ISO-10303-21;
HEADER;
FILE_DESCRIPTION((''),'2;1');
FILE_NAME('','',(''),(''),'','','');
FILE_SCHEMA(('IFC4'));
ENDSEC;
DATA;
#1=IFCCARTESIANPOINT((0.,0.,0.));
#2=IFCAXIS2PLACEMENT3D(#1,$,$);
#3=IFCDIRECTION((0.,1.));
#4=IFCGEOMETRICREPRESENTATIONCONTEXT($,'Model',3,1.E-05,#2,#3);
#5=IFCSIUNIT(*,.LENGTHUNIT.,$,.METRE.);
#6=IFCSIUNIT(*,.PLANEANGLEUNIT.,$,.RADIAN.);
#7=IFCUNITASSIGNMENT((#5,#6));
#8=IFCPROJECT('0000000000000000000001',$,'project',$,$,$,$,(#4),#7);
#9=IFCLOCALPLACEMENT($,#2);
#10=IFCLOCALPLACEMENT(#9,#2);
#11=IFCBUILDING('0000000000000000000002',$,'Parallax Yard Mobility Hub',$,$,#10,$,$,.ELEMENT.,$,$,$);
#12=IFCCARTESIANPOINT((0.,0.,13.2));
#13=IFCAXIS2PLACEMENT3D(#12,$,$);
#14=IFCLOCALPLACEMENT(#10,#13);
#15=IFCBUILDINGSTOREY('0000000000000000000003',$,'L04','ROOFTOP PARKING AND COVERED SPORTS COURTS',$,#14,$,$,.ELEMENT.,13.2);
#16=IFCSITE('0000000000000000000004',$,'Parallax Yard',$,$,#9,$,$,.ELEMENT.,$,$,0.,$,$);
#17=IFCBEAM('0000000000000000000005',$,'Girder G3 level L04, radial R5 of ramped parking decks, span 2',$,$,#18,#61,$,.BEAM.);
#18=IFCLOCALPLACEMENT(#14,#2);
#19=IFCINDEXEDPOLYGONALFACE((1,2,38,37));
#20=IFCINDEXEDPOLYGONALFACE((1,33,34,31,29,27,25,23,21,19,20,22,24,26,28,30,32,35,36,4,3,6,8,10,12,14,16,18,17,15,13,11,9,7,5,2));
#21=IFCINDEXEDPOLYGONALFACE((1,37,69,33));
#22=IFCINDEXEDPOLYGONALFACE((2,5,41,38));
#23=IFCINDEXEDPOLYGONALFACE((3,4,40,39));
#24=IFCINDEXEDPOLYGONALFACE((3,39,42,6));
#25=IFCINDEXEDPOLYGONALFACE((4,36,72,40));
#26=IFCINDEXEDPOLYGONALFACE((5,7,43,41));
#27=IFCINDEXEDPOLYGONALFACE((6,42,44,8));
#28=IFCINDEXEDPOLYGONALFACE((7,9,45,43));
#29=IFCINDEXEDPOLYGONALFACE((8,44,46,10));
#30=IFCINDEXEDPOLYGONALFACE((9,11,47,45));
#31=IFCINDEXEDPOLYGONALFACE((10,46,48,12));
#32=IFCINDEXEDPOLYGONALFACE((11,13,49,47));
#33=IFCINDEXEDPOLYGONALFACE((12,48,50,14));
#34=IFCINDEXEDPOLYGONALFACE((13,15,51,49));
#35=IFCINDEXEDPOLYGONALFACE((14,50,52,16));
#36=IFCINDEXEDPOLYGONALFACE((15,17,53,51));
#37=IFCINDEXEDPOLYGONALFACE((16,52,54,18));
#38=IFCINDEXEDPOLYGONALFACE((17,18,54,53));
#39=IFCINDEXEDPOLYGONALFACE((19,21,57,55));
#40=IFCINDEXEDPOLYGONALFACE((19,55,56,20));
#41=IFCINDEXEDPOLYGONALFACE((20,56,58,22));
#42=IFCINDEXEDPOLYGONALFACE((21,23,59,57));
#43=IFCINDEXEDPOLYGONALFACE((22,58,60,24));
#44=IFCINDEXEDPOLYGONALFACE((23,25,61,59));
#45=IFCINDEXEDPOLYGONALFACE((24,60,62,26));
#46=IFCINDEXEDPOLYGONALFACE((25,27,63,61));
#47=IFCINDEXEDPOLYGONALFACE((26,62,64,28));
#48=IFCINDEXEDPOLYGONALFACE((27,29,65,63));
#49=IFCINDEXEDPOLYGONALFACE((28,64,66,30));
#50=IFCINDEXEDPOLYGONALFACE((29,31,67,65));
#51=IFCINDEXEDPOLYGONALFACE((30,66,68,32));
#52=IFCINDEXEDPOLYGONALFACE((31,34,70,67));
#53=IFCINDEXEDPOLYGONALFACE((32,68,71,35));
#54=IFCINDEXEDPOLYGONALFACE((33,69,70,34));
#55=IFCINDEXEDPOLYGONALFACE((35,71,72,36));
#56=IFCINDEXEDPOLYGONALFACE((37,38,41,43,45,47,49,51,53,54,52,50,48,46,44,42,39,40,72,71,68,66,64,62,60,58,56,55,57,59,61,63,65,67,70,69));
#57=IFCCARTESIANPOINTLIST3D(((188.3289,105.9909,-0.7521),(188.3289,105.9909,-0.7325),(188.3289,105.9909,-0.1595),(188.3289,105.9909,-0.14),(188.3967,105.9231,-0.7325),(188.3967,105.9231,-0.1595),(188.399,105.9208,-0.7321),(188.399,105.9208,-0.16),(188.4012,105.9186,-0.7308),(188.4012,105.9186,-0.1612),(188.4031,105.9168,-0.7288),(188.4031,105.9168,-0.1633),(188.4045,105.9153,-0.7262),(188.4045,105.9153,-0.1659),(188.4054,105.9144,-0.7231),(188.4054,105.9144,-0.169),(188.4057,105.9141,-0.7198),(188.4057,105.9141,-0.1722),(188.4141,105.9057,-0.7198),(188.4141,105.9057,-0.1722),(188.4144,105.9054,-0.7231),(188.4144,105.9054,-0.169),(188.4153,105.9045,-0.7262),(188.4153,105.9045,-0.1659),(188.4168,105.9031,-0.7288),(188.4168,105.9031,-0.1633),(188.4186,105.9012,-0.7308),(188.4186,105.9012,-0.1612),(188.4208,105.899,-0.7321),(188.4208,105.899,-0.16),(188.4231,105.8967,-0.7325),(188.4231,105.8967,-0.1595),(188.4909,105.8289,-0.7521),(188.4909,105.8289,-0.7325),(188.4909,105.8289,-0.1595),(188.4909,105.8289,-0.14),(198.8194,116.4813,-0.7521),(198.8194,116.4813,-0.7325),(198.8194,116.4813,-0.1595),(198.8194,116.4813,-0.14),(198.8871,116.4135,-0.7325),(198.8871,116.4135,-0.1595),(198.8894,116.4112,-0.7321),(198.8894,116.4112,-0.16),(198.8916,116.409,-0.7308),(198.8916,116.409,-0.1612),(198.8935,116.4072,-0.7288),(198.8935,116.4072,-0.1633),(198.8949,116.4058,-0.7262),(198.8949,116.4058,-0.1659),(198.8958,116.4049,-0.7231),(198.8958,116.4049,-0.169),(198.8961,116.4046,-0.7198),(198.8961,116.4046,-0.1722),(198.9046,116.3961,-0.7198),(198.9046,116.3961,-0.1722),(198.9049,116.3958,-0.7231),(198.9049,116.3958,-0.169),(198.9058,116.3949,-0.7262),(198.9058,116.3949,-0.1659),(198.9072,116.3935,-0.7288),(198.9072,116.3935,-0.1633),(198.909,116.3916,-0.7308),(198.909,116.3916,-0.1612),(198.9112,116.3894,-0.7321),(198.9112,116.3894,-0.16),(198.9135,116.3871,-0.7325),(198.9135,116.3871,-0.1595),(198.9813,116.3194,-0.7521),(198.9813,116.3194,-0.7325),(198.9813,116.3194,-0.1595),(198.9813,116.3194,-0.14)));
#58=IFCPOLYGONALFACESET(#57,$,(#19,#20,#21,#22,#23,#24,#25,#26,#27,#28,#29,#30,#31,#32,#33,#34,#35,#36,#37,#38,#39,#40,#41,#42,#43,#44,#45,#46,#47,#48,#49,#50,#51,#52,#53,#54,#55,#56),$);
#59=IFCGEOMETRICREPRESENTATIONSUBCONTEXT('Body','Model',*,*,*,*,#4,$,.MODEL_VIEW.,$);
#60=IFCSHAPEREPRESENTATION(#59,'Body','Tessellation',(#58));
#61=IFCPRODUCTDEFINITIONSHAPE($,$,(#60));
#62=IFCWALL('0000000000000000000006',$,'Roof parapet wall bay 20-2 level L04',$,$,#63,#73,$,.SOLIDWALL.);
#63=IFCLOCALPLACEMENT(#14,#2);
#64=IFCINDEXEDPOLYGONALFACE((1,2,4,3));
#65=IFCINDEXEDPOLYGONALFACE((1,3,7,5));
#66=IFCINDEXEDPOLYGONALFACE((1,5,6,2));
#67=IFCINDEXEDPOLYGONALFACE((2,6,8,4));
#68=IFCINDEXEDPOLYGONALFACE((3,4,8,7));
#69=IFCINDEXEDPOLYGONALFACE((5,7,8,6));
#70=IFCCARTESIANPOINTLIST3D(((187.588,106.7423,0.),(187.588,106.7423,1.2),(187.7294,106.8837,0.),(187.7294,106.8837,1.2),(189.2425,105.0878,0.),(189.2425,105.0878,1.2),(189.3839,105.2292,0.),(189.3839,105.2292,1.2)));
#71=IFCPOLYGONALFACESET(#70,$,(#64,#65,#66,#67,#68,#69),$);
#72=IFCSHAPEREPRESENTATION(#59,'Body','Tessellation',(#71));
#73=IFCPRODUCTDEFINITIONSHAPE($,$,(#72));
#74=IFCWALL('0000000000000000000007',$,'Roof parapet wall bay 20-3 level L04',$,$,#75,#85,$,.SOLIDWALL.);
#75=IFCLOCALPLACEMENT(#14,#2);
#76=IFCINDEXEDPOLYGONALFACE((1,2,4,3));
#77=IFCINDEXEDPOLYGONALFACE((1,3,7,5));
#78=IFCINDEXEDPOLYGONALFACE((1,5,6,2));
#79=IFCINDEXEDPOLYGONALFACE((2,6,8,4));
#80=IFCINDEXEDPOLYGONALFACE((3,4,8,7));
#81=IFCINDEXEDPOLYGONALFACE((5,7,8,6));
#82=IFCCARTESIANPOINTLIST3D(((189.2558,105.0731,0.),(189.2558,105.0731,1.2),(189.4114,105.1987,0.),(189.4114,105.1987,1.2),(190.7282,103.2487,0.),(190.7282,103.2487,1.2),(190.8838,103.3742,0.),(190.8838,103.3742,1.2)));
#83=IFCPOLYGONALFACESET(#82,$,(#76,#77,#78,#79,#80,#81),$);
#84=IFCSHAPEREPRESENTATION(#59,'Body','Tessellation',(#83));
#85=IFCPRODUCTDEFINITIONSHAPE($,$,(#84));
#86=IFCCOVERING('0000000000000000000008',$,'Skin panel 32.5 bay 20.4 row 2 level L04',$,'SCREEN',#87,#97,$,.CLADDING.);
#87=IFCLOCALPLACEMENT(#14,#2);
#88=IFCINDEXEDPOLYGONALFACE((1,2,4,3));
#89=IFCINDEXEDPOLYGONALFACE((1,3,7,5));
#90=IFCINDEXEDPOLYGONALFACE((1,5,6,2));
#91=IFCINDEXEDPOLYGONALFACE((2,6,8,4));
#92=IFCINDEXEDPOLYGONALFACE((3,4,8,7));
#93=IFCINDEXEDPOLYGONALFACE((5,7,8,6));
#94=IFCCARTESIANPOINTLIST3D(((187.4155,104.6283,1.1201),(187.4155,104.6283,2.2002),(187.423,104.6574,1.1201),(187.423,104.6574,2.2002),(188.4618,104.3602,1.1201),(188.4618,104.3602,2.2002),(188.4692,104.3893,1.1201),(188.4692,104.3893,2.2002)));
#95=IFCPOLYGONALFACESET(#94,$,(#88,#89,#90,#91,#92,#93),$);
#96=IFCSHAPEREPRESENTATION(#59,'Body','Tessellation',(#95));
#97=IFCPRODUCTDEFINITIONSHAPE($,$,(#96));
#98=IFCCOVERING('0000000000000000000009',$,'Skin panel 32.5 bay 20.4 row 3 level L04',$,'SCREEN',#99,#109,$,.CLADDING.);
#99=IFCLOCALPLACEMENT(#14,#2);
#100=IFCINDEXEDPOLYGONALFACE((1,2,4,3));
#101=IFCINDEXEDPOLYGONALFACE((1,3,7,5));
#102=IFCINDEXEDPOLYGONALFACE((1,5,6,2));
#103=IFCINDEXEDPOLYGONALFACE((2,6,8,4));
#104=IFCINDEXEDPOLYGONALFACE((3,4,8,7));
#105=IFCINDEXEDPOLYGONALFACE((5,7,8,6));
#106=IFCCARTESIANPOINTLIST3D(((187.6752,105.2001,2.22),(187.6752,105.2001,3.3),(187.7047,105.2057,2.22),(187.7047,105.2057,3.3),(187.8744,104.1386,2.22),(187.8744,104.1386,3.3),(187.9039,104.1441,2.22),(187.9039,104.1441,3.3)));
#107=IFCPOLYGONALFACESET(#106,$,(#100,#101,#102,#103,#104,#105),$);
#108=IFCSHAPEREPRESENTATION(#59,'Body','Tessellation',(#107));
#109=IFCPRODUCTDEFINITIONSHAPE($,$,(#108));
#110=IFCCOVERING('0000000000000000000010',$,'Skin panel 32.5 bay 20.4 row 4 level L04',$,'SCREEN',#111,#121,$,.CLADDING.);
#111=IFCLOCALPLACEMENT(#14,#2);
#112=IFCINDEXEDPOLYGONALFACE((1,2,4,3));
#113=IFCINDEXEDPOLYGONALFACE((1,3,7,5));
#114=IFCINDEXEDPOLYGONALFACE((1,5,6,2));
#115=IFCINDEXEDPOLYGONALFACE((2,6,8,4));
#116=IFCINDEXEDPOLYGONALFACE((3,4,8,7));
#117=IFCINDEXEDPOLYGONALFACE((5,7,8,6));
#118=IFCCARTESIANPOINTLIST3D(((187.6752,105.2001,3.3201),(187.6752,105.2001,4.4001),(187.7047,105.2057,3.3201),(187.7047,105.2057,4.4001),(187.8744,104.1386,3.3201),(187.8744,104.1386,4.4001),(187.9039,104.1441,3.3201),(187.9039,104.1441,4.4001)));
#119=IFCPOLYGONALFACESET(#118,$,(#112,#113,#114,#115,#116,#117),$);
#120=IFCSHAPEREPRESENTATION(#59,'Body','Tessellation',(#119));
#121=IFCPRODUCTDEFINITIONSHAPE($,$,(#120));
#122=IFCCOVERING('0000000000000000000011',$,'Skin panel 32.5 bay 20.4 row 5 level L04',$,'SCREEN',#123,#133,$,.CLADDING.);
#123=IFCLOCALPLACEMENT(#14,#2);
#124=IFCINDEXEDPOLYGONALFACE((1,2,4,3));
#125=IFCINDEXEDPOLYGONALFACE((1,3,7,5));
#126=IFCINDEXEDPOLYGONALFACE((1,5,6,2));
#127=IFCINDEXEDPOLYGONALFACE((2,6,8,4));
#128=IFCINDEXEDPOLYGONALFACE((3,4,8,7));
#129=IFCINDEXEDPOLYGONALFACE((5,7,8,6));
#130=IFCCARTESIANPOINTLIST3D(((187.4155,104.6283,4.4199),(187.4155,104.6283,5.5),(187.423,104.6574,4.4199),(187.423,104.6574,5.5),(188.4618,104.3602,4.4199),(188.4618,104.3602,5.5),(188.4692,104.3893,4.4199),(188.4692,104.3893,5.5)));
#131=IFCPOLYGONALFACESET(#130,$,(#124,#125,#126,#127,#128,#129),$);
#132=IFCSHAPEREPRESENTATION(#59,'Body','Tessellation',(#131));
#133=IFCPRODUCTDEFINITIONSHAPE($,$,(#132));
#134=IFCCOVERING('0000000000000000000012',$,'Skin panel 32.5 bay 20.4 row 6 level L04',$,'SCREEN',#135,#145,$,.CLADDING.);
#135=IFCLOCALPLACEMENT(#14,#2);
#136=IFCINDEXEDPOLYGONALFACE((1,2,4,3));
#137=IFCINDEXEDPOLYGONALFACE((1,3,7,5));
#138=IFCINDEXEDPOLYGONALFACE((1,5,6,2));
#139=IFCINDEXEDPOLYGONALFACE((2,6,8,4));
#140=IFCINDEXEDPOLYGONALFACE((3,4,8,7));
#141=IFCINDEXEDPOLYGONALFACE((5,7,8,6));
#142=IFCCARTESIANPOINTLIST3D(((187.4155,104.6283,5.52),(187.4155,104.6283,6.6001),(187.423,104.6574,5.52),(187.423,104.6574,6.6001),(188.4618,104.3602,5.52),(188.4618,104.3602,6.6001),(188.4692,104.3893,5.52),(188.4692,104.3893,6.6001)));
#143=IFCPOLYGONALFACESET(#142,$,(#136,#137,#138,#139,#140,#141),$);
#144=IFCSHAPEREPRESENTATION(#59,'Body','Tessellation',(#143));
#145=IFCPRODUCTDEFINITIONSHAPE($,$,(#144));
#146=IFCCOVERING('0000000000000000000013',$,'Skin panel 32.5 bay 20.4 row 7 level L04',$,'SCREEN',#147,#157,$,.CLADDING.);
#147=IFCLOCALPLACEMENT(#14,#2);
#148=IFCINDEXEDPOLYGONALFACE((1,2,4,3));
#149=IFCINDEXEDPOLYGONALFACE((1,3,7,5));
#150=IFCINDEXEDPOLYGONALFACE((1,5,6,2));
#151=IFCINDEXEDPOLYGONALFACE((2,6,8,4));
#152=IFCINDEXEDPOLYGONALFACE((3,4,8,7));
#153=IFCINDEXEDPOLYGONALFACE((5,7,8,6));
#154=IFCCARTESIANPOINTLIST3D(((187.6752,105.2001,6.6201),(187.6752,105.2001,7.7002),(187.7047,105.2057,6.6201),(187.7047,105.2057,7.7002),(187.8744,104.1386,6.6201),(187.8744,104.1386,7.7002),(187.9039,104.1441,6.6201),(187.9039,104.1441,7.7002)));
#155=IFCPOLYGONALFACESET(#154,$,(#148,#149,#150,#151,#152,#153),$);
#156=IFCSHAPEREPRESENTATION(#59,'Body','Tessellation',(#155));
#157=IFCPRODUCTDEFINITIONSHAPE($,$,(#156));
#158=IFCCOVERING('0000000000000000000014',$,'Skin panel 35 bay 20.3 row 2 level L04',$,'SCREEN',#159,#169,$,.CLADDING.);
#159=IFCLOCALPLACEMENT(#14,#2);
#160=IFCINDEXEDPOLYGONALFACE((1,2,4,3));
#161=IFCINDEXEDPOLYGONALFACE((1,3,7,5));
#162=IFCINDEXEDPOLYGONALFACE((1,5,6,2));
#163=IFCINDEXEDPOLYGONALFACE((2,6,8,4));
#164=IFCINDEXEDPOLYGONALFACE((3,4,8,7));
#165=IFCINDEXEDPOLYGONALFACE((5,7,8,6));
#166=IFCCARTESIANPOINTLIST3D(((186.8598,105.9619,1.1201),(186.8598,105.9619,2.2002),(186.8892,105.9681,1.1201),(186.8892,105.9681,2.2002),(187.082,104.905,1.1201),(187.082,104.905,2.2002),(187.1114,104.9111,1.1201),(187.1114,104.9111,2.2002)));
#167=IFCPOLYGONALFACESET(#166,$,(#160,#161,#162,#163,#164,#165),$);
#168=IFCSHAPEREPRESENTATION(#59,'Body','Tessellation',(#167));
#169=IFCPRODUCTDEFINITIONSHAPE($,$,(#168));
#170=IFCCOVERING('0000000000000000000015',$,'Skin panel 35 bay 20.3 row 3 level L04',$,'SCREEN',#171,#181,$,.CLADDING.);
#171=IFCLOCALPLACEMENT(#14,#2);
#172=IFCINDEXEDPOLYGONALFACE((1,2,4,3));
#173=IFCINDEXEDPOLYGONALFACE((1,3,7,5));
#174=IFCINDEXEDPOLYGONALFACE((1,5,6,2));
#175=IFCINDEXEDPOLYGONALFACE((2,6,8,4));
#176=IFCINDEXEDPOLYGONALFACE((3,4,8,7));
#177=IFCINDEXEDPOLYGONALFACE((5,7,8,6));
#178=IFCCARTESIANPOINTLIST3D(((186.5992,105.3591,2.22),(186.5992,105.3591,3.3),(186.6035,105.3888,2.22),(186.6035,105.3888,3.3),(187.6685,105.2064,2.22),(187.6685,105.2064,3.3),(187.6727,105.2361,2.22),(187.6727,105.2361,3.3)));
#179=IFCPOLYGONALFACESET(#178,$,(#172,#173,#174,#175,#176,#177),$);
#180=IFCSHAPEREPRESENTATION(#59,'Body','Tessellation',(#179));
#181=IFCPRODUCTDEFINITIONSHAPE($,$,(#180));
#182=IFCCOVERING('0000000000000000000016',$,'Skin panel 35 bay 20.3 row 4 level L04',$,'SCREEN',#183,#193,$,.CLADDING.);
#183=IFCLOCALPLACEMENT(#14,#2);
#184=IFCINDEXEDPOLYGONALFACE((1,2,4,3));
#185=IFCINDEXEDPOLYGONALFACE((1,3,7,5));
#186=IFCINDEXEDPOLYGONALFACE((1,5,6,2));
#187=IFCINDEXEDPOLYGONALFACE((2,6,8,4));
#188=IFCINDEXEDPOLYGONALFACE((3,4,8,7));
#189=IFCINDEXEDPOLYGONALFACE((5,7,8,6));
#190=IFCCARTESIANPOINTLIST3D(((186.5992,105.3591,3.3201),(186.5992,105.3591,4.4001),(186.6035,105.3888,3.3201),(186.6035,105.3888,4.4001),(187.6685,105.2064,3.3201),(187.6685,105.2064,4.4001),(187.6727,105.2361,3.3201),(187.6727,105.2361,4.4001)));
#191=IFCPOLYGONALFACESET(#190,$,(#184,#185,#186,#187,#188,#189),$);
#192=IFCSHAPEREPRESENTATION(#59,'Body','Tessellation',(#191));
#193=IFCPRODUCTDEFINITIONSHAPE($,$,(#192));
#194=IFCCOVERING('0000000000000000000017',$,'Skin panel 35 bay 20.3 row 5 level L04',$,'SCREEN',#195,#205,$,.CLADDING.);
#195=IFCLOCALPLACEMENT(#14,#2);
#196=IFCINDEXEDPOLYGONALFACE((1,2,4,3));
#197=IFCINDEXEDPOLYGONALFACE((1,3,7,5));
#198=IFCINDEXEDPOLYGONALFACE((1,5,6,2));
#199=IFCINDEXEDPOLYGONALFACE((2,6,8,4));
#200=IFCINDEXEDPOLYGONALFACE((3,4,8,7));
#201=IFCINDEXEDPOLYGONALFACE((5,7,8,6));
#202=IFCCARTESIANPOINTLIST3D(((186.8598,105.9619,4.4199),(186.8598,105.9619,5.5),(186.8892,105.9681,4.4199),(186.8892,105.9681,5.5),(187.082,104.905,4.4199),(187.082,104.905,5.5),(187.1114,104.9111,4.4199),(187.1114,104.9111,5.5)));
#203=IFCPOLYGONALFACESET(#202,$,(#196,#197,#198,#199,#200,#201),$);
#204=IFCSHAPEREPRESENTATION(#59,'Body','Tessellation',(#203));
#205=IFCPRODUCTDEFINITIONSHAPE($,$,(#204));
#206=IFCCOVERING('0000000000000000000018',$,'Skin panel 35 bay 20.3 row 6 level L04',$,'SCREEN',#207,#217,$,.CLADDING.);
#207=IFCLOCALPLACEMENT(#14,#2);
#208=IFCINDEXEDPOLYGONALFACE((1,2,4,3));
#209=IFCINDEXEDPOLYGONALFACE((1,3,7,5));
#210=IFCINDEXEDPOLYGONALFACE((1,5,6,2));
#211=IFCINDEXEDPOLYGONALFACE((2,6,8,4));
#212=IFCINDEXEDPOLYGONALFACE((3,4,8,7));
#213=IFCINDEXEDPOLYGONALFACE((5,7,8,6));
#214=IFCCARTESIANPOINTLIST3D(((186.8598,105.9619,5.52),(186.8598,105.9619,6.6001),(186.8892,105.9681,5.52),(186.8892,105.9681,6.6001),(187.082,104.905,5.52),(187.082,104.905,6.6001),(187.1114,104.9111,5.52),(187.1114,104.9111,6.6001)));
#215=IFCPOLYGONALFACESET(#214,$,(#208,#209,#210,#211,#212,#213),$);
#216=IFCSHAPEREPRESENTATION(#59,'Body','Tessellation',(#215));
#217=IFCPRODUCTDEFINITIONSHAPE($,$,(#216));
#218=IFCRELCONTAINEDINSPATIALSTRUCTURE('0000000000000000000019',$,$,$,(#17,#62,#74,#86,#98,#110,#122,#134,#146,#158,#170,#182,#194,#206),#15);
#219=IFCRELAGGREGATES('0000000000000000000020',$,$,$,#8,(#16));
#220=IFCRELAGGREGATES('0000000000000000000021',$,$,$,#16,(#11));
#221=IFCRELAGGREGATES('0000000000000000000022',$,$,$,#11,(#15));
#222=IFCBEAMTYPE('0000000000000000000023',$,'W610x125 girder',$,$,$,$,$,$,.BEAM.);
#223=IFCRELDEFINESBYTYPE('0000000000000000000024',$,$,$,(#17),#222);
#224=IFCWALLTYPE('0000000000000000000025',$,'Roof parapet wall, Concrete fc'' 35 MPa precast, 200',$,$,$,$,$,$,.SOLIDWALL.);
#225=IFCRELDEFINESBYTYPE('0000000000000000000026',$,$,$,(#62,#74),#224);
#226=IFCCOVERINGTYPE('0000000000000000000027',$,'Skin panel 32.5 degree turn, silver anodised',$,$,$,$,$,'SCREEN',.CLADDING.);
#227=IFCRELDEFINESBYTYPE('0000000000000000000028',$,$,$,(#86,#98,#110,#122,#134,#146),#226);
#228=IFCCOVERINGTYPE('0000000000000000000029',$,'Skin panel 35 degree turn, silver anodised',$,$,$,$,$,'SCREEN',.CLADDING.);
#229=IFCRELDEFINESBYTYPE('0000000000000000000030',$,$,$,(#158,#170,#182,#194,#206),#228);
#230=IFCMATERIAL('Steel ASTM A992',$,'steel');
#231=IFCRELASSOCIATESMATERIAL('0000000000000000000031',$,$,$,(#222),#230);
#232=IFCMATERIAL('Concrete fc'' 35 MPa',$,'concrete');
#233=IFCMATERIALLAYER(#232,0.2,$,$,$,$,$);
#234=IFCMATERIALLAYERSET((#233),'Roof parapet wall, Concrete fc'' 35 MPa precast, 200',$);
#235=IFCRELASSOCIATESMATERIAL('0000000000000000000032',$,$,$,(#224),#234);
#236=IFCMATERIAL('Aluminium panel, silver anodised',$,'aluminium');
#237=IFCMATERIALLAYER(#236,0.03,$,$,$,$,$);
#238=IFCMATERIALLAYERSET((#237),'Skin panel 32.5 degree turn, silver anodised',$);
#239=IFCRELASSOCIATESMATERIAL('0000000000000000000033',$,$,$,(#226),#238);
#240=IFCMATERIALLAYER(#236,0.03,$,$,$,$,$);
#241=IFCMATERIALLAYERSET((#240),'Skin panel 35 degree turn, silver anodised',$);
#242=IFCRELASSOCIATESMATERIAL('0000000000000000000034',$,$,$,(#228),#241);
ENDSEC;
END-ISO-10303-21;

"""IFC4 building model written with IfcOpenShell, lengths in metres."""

from ifc_helpers import new_model, si_unit, direction, frame, frame_2d, origin, origin_2d, place, context, subcontext, project, spatial, rectangle, i_section, extrude, material, layer, layer_set, material_profile, profile_set, type_object, element, save


model = new_model("IFC4")

# Units and contexts
model_context = context("Model", 3, precision=1e-05, world=origin(), true_north=direction((0.0, 1.0)))
body_context = subcontext(model_context, "Body", "Model", "MODEL_VIEW")
ifc_project = project(units=[si_unit("LENGTHUNIT", "METRE"), si_unit("PLANEANGLEUNIT", "RADIAN")], contexts=[model_context])

# Site, building, storey
site_placement = place(None, origin())
site = spatial("IfcSite", under=ifc_project, at=site_placement, Name="Parallax Yard", CompositionType="ELEMENT", RefElevation=0.0)
building_placement = place(site_placement, origin())
building = spatial("IfcBuilding", under=site, at=building_placement, Name="Parallax Yard Mobility Hub", CompositionType="ELEMENT")
storey_placement = place(building_placement, frame((0.0, 0.0, 13.2)))
storey = spatial("IfcBuildingStorey", under=building, at=storey_placement, Name="L04", Description="ROOFTOP PARKING AND COVERED SPORTS COURTS", CompositionType="ELEMENT", Elevation=13.2)

# Shared definitions
ifc_material_1 = material(Name="Steel ASTM A992", Category="steel")

# Beam
ifc_material_profile_1 = material_profile(ifc_material_1, i_section(OverallWidth=0.229, OverallDepth=0.6121, WebThickness=0.012, FlangeThickness=0.0195, FilletRadius=0.0127, at=origin_2d()), Name="W610x125")
ifc_profile_set_1 = profile_set([ifc_material_profile_1], Name="Steel ASTM A992")
beam_type_1 = type_object("IfcBeamType", Name="W610x125 girder", PredefinedType="BEAM", material=ifc_profile_set_1)
beam_1_placement = place(storey_placement, frame((188.4099, 105.9099, -0.446), z_axis=(0.707107, 0.707107, 0.0), x_axis=(-0.707107, 0.707107, 0.0)))
element("IfcBeam", 1, at=beam_1_placement, inside=storey, type_object=beam_type_1, Name="Girder G3 level L04, radial R5 of ramped parking decks, span 2", PredefinedType="BEAM", context=body_context, shape_type="SweptSolid", body=[
    extrude(i_section(OverallWidth=0.229, OverallDepth=0.6121, WebThickness=0.012, FlangeThickness=0.0195, FilletRadius=0.0127, at=origin_2d()), origin(), (0.0, 0.0, 1.0), 14.8357),
])

# Walls
ifc_material_2 = material(Name="Concrete fc' 35 MPa", Category="concrete")
ifc_layer_1 = layer(ifc_material_2, 0.2)
ifc_layer_set_1 = layer_set([ifc_layer_1], Name="Roof parapet wall, Concrete fc' 35 MPa precast, 200")
wall_type = type_object("IfcWallType", Name="Roof parapet wall, Concrete fc' 35 MPa precast, 200", PredefinedType="SOLIDWALL", material=ifc_layer_set_1)
wall_1_placement = place(storey_placement, frame((187.6587, 106.813, 0.0), z_axis=(0.0, 0.0, 1.0), x_axis=(0.707107, -0.707107, 0.0)))
element("IfcWall", 2, at=wall_1_placement, inside=storey, type_object=wall_type, Name="Roof parapet wall bay 20-2 level L04", PredefinedType="SOLIDWALL", context=body_context, shape_type="SweptSolid", body=[
    extrude(rectangle(XDim=2.3398, YDim=0.2, at=frame_2d((1.1699, 0.0))), origin(), (0.0, 0.0, 1.0), 1.2),
])
wall_2_placement = place(storey_placement, frame((189.3335, 105.136, 0.0), z_axis=(0.0, 0.0, 1.0), x_axis=(0.628029, -0.77819, 0.0)))
element("IfcWall", 3, at=wall_2_placement, inside=storey, type_object=wall_type, Name="Roof parapet wall bay 20-3 level L04", PredefinedType="SOLIDWALL", context=body_context, shape_type="SweptSolid", body=[
    extrude(rectangle(XDim=2.3445, YDim=0.2, at=frame_2d((1.1724, 0.0))), origin(), (0.0, 0.0, 1.0), 1.2),
])

# Coverings
ifc_material_3 = material(Name="Aluminium panel, silver anodised", Category="aluminium")
ifc_layer_2 = layer(ifc_material_3, 0.03)
ifc_layer_set_2 = layer_set([ifc_layer_2], Name="Skin panel 32.5 degree turn, silver anodised")
covering_type_1 = type_object("IfcCoveringType", Name="Skin panel 32.5 degree turn, silver anodised", ElementType="SCREEN", PredefinedType="CLADDING", material=ifc_layer_set_2)
for number, where, z_axis, x_axis, name in (
    (4, (187.9424, 104.5088, 1.1201), (0.0, 0.0, 1.0), (-0.968692, 0.248267, 0.0), "Skin panel 32.5 bay 20.4 row 2 level L04"),
    (5, (187.7896, 104.6721, 2.22), (0.0, 0.0, 1.0), (0.18438, -0.982855, 0.0), "Skin panel 32.5 bay 20.4 row 3 level L04"),
    (6, (187.7896, 104.6721, 3.3201), (0.0, 0.0, 1.0), (0.18438, -0.982855, 0.0), "Skin panel 32.5 bay 20.4 row 4 level L04"),
    (7, (187.9424, 104.5088, 4.4199), (0.0, 0.0, 1.0), (-0.968692, 0.248267, 0.0), "Skin panel 32.5 bay 20.4 row 5 level L04"),
    (8, (187.9424, 104.5088, 5.52), (0.0, 0.0, 1.0), (-0.968692, 0.248267, 0.0), "Skin panel 32.5 bay 20.4 row 6 level L04"),
    (9, (187.7896, 104.6721, 6.6201), (0.0, 0.0, 1.0), (0.18438, -0.982855, 0.0), "Skin panel 32.5 bay 20.4 row 7 level L04"),
):
    element("IfcCovering", number, at=place(storey_placement, frame(where, z_axis=z_axis, x_axis=x_axis)), inside=storey, type_object=covering_type_1, Name=name, ObjectType="SCREEN", PredefinedType="CLADDING", context=body_context, shape_type="SweptSolid", body=[
        extrude(rectangle(XDim=1.0801, YDim=0.03, at=origin_2d()), origin(), (0.0, 0.0, 1.0), 1.0801),
    ])
ifc_layer_3 = layer(ifc_material_3, 0.03)
ifc_layer_set_3 = layer_set([ifc_layer_3], Name="Skin panel 35 degree turn, silver anodised")
covering_type_2 = type_object("IfcCoveringType", Name="Skin panel 35 degree turn, silver anodised", ElementType="SCREEN", PredefinedType="CLADDING", material=ifc_layer_set_3)
for number, where, z_axis, x_axis, name in (
    (10, (186.9856, 105.4365, 1.1201), (0.0, 0.0, 1.0), (0.205777, -0.978599, 0.0), "Skin panel 35 bay 20.3 row 2 level L04"),
    (11, (187.136, 105.2976, 2.22), (0.0, 0.0, 1.0), (-0.989962, 0.141333, 0.0), "Skin panel 35 bay 20.3 row 3 level L04"),
    (12, (187.136, 105.2976, 3.3201), (0.0, 0.0, 1.0), (-0.989962, 0.141333, 0.0), "Skin panel 35 bay 20.3 row 4 level L04"),
    (13, (186.9856, 105.4365, 4.4199), (0.0, 0.0, 1.0), (0.205777, -0.978599, 0.0), "Skin panel 35 bay 20.3 row 5 level L04"),
    (14, (186.9856, 105.4365, 5.52), (0.0, 0.0, 1.0), (0.205777, -0.978599, 0.0), "Skin panel 35 bay 20.3 row 6 level L04"),
):
    element("IfcCovering", number, at=place(storey_placement, frame(where, z_axis=z_axis, x_axis=x_axis)), inside=storey, type_object=covering_type_2, Name=name, ObjectType="SCREEN", PredefinedType="CLADDING", context=body_context, shape_type="SweptSolid", body=[
        extrude(rectangle(XDim=1.0801, YDim=0.03, at=origin_2d()), origin(), (0.0, 0.0, 1.0), 1.0801),
    ])

save(model, "model.ifc")
